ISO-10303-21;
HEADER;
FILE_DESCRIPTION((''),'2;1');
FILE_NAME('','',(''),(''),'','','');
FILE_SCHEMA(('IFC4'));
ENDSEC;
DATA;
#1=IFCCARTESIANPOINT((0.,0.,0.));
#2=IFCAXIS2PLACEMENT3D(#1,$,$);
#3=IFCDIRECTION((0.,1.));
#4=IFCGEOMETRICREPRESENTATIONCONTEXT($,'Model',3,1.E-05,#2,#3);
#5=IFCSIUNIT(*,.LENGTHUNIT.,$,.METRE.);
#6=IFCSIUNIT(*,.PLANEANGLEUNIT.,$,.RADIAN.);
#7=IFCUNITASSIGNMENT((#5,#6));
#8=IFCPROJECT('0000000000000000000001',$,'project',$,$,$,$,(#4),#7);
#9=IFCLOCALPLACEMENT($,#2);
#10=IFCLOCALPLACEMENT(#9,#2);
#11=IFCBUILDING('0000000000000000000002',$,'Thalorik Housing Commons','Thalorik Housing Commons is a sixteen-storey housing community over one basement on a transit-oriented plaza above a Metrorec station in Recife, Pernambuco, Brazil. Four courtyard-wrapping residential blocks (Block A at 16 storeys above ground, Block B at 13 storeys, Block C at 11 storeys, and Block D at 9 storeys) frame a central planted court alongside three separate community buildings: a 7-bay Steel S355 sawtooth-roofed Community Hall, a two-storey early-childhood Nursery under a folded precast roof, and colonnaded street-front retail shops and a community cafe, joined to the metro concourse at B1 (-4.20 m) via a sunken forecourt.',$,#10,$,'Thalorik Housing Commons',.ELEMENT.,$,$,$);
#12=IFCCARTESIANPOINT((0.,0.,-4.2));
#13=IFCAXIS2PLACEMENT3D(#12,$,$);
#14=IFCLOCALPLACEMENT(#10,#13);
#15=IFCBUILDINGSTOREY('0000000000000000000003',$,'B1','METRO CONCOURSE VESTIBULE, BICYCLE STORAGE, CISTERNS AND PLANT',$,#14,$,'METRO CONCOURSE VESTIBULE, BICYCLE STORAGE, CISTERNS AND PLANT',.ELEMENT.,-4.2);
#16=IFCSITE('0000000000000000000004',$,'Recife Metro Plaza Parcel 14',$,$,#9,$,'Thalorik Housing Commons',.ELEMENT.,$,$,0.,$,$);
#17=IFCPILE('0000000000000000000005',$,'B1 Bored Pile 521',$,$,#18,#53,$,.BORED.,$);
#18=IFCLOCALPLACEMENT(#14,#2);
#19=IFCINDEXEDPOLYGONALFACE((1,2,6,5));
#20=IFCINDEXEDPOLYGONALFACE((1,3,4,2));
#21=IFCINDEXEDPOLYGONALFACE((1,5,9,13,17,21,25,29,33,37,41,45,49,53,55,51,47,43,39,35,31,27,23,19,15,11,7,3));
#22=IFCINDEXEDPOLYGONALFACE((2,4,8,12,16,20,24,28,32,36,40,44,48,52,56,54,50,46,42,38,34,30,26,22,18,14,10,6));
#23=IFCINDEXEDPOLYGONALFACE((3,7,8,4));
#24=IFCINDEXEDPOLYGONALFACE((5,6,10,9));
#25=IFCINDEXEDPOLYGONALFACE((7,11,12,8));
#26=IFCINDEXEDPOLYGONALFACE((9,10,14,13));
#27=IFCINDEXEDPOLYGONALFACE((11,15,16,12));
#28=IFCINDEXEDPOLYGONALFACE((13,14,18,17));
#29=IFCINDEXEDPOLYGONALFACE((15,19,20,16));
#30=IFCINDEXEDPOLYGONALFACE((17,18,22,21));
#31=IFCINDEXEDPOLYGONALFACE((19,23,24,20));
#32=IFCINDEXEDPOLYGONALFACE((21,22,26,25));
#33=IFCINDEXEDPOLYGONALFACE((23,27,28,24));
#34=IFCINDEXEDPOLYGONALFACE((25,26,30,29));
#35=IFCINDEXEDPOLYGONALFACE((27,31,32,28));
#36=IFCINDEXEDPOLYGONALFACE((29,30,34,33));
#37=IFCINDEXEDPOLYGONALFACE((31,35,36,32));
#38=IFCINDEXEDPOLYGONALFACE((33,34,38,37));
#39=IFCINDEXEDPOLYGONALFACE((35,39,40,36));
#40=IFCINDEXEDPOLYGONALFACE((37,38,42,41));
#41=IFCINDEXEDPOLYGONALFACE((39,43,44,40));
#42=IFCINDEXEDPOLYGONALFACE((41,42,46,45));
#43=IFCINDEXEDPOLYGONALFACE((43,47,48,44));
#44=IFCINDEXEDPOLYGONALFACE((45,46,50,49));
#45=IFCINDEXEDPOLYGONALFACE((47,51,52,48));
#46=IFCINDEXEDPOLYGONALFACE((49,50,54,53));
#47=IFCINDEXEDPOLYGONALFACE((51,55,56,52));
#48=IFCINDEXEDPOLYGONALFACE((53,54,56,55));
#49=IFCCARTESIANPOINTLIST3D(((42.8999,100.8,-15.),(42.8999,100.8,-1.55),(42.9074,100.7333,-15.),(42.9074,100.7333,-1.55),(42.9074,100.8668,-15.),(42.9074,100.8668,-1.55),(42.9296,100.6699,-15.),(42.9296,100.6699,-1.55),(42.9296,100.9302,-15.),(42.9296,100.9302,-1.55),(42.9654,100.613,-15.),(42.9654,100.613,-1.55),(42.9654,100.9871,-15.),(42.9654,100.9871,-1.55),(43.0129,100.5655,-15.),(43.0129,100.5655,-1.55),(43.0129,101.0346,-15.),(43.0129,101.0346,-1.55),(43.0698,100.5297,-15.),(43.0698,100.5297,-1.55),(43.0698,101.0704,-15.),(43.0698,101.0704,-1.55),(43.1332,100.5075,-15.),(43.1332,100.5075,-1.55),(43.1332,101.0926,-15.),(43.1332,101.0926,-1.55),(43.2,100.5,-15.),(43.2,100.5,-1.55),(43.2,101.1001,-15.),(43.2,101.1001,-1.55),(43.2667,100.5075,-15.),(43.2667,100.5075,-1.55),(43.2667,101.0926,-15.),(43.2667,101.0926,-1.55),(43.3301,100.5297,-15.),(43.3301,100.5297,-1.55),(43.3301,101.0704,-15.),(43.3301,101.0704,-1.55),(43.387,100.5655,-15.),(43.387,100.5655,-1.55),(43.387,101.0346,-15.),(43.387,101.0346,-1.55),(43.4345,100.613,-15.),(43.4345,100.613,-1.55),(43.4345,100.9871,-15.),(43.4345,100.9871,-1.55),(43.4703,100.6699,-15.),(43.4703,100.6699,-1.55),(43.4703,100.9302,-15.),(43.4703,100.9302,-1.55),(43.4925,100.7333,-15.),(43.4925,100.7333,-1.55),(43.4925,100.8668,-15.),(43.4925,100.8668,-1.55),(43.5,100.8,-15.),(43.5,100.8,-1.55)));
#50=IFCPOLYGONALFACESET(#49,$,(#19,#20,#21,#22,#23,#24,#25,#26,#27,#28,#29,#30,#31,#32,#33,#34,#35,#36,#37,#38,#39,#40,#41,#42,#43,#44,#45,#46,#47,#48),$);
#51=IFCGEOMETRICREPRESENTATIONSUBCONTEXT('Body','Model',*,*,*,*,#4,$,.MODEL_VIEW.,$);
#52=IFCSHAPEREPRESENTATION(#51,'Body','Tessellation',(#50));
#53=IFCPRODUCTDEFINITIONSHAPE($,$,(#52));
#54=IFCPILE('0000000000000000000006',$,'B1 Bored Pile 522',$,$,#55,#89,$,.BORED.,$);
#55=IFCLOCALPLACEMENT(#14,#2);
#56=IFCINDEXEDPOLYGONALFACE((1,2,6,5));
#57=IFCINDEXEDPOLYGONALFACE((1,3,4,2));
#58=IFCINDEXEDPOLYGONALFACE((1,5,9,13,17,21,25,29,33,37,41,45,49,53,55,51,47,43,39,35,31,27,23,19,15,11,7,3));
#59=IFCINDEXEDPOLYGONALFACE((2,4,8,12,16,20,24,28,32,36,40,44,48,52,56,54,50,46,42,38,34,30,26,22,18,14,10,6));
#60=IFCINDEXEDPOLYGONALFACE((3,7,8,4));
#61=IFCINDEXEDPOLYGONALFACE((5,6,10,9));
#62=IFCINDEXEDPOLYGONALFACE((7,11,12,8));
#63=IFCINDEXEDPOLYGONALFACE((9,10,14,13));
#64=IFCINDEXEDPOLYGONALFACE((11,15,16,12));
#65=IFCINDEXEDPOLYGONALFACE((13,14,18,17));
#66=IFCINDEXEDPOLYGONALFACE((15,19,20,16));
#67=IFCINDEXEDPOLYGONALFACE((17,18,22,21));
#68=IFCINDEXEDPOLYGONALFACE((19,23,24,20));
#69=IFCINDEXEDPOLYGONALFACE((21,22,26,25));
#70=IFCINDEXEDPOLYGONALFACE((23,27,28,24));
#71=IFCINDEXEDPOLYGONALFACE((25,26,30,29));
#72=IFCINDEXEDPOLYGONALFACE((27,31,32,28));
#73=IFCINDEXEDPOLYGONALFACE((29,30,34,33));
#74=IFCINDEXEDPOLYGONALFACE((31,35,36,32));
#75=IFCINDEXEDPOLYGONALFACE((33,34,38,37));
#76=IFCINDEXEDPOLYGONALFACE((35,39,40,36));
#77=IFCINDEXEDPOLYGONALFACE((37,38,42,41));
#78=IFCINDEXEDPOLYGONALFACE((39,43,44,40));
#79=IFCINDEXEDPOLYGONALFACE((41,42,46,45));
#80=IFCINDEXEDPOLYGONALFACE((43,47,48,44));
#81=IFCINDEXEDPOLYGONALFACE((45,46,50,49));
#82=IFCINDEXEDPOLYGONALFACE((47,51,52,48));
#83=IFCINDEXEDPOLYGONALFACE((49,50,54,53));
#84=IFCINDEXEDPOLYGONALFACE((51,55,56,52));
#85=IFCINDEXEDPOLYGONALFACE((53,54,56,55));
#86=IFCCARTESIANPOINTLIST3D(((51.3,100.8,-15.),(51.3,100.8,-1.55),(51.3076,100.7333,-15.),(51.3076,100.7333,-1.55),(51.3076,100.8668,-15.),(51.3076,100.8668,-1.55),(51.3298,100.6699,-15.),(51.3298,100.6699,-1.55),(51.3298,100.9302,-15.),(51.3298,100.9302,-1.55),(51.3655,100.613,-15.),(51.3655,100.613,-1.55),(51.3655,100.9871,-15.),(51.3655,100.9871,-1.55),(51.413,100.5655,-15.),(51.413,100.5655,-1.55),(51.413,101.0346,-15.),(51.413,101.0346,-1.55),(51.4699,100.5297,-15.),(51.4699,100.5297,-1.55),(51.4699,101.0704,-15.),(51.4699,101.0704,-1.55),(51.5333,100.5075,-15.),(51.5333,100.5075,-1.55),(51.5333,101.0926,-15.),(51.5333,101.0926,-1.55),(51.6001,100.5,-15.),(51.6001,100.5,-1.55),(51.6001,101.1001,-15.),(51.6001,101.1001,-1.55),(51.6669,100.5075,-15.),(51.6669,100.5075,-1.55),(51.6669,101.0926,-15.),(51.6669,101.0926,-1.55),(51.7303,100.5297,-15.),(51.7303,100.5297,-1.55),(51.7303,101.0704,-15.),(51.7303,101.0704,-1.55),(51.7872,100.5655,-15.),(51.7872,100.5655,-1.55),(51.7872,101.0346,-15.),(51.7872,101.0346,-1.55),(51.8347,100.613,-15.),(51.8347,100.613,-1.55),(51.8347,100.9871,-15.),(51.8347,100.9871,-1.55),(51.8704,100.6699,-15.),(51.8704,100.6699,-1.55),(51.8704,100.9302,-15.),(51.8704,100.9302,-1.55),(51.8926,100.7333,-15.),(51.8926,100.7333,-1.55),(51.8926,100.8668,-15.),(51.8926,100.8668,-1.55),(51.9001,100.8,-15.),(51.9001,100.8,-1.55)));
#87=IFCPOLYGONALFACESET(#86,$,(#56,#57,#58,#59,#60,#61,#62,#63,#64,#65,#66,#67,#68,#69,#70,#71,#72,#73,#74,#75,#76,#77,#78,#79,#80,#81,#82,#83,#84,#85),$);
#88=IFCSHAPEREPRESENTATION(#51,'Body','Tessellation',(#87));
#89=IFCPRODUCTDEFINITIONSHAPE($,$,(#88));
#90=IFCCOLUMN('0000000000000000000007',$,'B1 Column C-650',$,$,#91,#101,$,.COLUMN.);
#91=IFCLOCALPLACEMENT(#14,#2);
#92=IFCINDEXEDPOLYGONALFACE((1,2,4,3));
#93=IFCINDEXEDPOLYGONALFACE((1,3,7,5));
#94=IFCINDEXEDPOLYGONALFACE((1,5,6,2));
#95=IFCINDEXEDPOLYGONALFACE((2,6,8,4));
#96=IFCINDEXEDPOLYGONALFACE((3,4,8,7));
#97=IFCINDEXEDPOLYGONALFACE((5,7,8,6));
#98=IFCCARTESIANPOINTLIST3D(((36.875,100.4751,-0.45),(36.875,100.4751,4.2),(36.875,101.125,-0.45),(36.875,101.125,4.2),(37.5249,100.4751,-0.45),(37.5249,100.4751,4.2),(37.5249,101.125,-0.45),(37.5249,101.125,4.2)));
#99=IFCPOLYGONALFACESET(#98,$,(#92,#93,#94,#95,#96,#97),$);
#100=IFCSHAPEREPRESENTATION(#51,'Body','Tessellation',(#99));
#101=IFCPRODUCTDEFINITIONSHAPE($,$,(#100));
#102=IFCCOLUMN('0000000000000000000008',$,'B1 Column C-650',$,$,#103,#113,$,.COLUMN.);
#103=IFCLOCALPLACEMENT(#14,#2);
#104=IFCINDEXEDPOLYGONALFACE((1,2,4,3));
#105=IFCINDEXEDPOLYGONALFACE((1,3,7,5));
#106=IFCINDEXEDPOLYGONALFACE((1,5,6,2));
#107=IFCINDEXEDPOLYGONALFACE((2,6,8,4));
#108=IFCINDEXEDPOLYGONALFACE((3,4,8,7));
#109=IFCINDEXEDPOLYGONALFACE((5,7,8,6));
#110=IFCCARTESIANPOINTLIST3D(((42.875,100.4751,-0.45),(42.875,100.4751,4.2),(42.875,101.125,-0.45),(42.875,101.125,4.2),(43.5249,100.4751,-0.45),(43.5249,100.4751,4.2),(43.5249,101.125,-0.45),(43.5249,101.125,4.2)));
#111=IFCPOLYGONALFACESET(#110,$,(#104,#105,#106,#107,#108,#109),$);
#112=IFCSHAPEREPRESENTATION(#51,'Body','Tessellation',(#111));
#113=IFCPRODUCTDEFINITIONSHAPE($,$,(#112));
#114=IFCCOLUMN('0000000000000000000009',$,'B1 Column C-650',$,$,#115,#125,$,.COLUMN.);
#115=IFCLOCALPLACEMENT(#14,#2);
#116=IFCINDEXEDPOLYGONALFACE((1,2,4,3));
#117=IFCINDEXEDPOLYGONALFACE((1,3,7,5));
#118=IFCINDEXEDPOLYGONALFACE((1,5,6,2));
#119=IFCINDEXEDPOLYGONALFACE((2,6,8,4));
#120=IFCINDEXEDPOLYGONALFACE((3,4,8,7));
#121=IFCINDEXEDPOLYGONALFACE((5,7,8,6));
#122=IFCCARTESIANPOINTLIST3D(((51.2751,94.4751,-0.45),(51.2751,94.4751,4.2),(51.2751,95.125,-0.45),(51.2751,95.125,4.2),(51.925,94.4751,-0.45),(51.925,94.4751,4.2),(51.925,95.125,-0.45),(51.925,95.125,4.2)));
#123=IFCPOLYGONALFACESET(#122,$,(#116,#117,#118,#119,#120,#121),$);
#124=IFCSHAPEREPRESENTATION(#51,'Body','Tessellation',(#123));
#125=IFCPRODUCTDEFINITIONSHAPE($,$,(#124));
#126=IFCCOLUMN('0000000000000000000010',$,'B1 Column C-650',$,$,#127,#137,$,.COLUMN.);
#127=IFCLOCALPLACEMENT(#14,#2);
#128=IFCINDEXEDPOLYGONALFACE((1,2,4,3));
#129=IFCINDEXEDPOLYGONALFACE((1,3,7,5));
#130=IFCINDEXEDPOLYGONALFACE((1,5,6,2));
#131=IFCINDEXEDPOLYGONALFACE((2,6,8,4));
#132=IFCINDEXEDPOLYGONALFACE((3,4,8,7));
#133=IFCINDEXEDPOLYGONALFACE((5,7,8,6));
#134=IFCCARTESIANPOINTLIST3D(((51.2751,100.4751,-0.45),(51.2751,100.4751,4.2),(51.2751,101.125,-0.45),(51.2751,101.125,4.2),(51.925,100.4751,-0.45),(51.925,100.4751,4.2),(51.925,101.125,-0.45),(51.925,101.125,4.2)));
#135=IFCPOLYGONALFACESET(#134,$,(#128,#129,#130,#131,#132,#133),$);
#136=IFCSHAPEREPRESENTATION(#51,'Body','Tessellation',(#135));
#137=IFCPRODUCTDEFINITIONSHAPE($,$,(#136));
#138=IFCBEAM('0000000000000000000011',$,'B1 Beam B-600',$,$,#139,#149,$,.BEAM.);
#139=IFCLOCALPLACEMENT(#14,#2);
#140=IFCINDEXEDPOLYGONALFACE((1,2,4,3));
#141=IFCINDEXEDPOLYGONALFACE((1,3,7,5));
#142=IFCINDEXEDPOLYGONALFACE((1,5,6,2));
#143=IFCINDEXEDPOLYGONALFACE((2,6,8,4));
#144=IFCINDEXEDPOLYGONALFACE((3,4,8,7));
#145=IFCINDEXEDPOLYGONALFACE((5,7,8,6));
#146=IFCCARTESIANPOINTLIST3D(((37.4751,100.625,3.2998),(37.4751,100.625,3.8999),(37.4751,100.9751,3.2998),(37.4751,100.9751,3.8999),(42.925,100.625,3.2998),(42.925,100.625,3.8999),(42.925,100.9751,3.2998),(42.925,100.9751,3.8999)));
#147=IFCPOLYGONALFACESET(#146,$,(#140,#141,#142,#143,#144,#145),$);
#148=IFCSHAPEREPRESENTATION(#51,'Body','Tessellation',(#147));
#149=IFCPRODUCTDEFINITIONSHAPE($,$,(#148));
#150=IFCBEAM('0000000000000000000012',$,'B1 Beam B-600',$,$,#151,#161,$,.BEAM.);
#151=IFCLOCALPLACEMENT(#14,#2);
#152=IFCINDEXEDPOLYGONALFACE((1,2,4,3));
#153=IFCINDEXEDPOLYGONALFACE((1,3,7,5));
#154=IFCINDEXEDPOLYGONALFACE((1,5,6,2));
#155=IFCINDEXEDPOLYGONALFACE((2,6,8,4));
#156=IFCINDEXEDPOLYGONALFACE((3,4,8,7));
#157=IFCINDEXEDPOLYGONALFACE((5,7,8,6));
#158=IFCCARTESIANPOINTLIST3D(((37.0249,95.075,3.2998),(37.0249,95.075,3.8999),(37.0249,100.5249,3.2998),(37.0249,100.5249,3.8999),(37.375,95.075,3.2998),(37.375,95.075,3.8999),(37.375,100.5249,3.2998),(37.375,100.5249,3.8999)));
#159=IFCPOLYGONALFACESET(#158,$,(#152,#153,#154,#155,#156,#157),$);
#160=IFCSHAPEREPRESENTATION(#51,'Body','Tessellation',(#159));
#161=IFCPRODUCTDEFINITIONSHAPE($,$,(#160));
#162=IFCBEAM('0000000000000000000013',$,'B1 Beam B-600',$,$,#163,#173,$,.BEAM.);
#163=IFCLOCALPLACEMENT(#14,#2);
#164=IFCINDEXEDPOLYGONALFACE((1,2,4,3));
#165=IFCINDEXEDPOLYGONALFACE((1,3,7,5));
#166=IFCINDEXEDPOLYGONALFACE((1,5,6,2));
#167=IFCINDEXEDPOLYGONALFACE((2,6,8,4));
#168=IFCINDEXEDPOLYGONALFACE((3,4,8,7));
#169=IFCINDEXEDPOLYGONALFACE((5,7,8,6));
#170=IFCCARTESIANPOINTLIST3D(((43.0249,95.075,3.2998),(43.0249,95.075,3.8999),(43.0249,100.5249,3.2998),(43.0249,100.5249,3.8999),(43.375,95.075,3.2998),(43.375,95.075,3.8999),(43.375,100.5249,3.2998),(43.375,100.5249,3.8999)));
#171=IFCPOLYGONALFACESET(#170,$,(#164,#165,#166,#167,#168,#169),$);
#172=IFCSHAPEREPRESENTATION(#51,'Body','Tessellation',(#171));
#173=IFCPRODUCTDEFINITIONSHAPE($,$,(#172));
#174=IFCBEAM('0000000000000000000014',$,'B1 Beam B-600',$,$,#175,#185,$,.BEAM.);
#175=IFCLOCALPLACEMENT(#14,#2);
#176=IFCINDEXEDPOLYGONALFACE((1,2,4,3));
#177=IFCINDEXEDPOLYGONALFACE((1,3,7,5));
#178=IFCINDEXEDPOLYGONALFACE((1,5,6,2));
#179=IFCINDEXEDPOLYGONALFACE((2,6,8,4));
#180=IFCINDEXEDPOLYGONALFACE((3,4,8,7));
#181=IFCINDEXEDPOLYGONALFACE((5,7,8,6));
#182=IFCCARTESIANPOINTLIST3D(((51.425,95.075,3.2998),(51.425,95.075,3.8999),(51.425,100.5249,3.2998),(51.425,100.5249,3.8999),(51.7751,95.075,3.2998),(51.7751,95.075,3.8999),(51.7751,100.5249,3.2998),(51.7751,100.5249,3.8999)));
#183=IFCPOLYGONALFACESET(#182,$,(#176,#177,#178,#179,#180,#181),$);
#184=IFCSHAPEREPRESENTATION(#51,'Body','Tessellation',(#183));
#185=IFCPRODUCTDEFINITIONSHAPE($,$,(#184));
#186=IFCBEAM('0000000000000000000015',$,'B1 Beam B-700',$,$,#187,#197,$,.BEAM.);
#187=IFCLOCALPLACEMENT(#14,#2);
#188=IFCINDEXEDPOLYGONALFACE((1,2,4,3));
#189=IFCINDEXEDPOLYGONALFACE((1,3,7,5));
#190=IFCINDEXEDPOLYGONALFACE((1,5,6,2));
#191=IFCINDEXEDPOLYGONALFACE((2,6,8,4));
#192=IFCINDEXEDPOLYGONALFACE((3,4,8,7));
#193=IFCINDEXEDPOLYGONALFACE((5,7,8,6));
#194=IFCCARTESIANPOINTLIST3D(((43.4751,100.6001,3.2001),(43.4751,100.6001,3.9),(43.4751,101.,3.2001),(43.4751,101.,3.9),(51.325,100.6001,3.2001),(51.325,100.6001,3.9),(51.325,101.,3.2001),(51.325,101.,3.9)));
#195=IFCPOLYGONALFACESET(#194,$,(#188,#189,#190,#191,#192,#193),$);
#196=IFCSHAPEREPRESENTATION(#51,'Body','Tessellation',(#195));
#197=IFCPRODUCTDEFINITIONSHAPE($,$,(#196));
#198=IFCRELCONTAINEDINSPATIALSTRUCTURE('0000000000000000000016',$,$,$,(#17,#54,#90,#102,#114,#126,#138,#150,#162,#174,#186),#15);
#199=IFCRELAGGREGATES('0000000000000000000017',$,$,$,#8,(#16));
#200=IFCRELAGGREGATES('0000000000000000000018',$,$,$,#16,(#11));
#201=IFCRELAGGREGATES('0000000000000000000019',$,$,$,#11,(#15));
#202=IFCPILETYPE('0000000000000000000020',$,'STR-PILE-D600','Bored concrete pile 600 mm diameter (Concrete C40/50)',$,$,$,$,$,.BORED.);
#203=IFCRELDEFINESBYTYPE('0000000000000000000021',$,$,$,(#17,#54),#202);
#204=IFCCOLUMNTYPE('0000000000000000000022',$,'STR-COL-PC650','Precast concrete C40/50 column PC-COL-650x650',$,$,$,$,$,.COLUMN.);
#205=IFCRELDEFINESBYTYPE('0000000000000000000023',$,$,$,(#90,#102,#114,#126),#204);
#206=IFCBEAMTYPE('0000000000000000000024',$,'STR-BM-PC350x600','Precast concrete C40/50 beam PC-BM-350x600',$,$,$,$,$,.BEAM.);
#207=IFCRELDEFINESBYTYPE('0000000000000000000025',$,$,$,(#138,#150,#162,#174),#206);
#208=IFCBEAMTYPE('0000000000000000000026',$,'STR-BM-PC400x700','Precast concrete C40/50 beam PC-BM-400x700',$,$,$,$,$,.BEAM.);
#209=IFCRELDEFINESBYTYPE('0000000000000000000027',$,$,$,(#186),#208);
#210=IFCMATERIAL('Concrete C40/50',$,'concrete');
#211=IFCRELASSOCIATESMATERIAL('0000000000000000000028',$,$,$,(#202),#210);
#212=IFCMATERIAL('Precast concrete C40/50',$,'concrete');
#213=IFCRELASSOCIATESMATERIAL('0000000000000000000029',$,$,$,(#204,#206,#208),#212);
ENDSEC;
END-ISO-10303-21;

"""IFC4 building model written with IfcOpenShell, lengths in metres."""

from ifc_helpers import new_model, si_unit, direction, frame, origin, origin_2d, place, context, subcontext, project, spatial, rectangle, circle, extrude, material, material_profile, profile_set, type_object, element, save


model = new_model("IFC4")

# Units and contexts
model_context = context("Model", 3, precision=1e-05, world=origin(), true_north=direction((0.0, 1.0)))
body_context = subcontext(model_context, "Body", "Model", "MODEL_VIEW")
ifc_project = project(units=[si_unit("LENGTHUNIT", "METRE"), si_unit("PLANEANGLEUNIT", "RADIAN")], contexts=[model_context])

# Site, building, storey
site_placement = place(None, origin())
site = spatial("IfcSite", under=ifc_project, at=site_placement, Name="Recife Metro Plaza Parcel 14", LongName="Thalorik Housing Commons", CompositionType="ELEMENT", RefElevation=0.0)
building_placement = place(site_placement, origin())
building = spatial("IfcBuilding", under=site, at=building_placement, Name="Thalorik Housing Commons", Description="Thalorik Housing Commons is a sixteen-storey housing community over one basement on a transit-oriented plaza above a Metrorec station in Recife, Pernambuco, Brazil. Four courtyard-wrapping residential blocks (Block A at 16 storeys above ground, Block B at 13 storeys, Block C at 11 storeys, and Block D at 9 storeys) frame a central planted court alongside three separate community buildings: a 7-bay Steel S355 sawtooth-roofed Community Hall, a two-storey early-childhood Nursery under a folded precast roof, and colonnaded street-front retail shops and a community cafe, joined to the metro concourse at B1 (-4.20 m) via a sunken forecourt.", LongName="Thalorik Housing Commons", CompositionType="ELEMENT")
storey_placement = place(building_placement, frame((0.0, 0.0, -4.2)))
storey = spatial("IfcBuildingStorey", under=building, at=storey_placement, Name="B1", Description="METRO CONCOURSE VESTIBULE, BICYCLE STORAGE, CISTERNS AND PLANT", LongName="METRO CONCOURSE VESTIBULE, BICYCLE STORAGE, CISTERNS AND PLANT", CompositionType="ELEMENT", Elevation=-4.2)

# Shared definitions
ifc_material_1 = material(Name="Concrete C40/50", Category="concrete")

# Piles
ifc_material_profile_1 = material_profile(ifc_material_1, circle(Radius=0.3, at=origin_2d()), Name="BORED PILE D600", Category="concrete")
ifc_profile_set_1 = profile_set([ifc_material_profile_1], Name="Concrete C40/50")
pile_type = type_object("IfcPileType", Name="STR-PILE-D600", Description="Bored concrete pile 600 mm diameter (Concrete C40/50)", PredefinedType="BORED", material=ifc_profile_set_1)
for number, where, z_axis, x_axis, name in (
    (1, (43.2, 100.8, -1.55), (0.0, 0.0, -1.0), (1.0, 0.0, 0.0), "B1 Bored Pile 521"),
    (2, (51.6001, 100.8, -1.55), (0.0, 0.0, -1.0), (1.0, 0.0, 0.0), "B1 Bored Pile 522"),
):
    element("IfcPile", number, at=place(storey_placement, frame(where, z_axis=z_axis, x_axis=x_axis)), inside=storey, type_object=pile_type, Name=name, PredefinedType="BORED", context=body_context, shape_type="SweptSolid", body=[
        extrude(circle(Radius=0.3, at=origin_2d()), origin(), (0.0, 0.0, 1.0), 13.45),
    ])

# Columns
ifc_material_2 = material(Name="Precast concrete C40/50", Category="concrete")
ifc_material_profile_2 = material_profile(ifc_material_2, rectangle(XDim=0.6499, YDim=0.6499, at=origin_2d()), Name="PC 650x650", Category="concrete")
ifc_profile_set_2 = profile_set([ifc_material_profile_2], Name="Precast concrete C40/50")
column_type = type_object("IfcColumnType", Name="STR-COL-PC650", Description="Precast concrete C40/50 column PC-COL-650x650", PredefinedType="COLUMN", material=ifc_profile_set_2)
for number, where, z_axis, x_axis, name in (
    (3, (37.2, 100.8, -0.45), (0.0, 0.0, 1.0), (1.0, 0.0, 0.0), "B1 Column C-650"),
    (4, (43.2, 100.8, -0.45), (0.0, 0.0, 1.0), (1.0, 0.0, 0.0), "B1 Column C-650"),
    (5, (51.6001, 94.8, -0.45), (0.0, 0.0, 1.0), (1.0, 0.0, 0.0), "B1 Column C-650"),
    (6, (51.6001, 100.8, -0.45), (0.0, 0.0, 1.0), (1.0, 0.0, 0.0), "B1 Column C-650"),
):
    element("IfcColumn", number, at=place(storey_placement, frame(where, z_axis=z_axis, x_axis=x_axis)), inside=storey, type_object=column_type, Name=name, PredefinedType="COLUMN", context=body_context, shape_type="SweptSolid", body=[
        extrude(rectangle(XDim=0.6499, YDim=0.6499, at=origin_2d()), origin(), (0.0, 0.0, 1.0), 4.6499),
    ])

# Beams
ifc_material_profile_3 = material_profile(ifc_material_2, rectangle(XDim=0.3501, YDim=0.6001, at=origin_2d()), Name="PC 350x600", Category="concrete")
ifc_profile_set_3 = profile_set([ifc_material_profile_3], Name="Precast concrete C40/50")
beam_type_1 = type_object("IfcBeamType", Name="STR-BM-PC350x600", Description="Precast concrete C40/50 beam PC-BM-350x600", PredefinedType="BEAM", material=ifc_profile_set_3)
for number, where, z_axis, x_axis, name in (
    (7, (37.4751, 100.8, 3.5999), (1.0, 0.0, 0.0), (0.0, 1.0, 0.0), "B1 Beam B-600"),
    (8, (37.2, 95.075, 3.5999), (0.0, 1.0, 0.0), (-1.0, 0.0, 0.0), "B1 Beam B-600"),
    (9, (43.2, 95.075, 3.5999), (0.0, 1.0, 0.0), (-1.0, 0.0, 0.0), "B1 Beam B-600"),
    (10, (51.6001, 95.075, 3.5999), (0.0, 1.0, 0.0), (-1.0, 0.0, 0.0), "B1 Beam B-600"),
):
    element("IfcBeam", number, at=place(storey_placement, frame(where, z_axis=z_axis, x_axis=x_axis)), inside=storey, type_object=beam_type_1, Name=name, PredefinedType="BEAM", context=body_context, shape_type="SweptSolid", body=[
        extrude(rectangle(XDim=0.3501, YDim=0.6001, at=origin_2d()), origin(), (0.0, 0.0, 1.0), 5.45),
    ])
ifc_material_profile_4 = material_profile(ifc_material_2, rectangle(XDim=0.3999, YDim=0.7, at=origin_2d()), Name="PC 400x700", Category="concrete")
ifc_profile_set_4 = profile_set([ifc_material_profile_4], Name="Precast concrete C40/50")
beam_type_2 = type_object("IfcBeamType", Name="STR-BM-PC400x700", Description="Precast concrete C40/50 beam PC-BM-400x700", PredefinedType="BEAM", material=ifc_profile_set_4)
beam_placement = place(storey_placement, frame((43.4751, 100.8, 3.55), z_axis=(1.0, 0.0, 0.0), x_axis=(0.0, 1.0, 0.0)))
element("IfcBeam", 11, at=beam_placement, inside=storey, type_object=beam_type_2, Name="B1 Beam B-700", PredefinedType="BEAM", context=body_context, shape_type="SweptSolid", body=[
    extrude(rectangle(XDim=0.3999, YDim=0.7, at=origin_2d()), origin(), (0.0, 0.0, 1.0), 7.8499),
])

save(model, "model.ifc")
